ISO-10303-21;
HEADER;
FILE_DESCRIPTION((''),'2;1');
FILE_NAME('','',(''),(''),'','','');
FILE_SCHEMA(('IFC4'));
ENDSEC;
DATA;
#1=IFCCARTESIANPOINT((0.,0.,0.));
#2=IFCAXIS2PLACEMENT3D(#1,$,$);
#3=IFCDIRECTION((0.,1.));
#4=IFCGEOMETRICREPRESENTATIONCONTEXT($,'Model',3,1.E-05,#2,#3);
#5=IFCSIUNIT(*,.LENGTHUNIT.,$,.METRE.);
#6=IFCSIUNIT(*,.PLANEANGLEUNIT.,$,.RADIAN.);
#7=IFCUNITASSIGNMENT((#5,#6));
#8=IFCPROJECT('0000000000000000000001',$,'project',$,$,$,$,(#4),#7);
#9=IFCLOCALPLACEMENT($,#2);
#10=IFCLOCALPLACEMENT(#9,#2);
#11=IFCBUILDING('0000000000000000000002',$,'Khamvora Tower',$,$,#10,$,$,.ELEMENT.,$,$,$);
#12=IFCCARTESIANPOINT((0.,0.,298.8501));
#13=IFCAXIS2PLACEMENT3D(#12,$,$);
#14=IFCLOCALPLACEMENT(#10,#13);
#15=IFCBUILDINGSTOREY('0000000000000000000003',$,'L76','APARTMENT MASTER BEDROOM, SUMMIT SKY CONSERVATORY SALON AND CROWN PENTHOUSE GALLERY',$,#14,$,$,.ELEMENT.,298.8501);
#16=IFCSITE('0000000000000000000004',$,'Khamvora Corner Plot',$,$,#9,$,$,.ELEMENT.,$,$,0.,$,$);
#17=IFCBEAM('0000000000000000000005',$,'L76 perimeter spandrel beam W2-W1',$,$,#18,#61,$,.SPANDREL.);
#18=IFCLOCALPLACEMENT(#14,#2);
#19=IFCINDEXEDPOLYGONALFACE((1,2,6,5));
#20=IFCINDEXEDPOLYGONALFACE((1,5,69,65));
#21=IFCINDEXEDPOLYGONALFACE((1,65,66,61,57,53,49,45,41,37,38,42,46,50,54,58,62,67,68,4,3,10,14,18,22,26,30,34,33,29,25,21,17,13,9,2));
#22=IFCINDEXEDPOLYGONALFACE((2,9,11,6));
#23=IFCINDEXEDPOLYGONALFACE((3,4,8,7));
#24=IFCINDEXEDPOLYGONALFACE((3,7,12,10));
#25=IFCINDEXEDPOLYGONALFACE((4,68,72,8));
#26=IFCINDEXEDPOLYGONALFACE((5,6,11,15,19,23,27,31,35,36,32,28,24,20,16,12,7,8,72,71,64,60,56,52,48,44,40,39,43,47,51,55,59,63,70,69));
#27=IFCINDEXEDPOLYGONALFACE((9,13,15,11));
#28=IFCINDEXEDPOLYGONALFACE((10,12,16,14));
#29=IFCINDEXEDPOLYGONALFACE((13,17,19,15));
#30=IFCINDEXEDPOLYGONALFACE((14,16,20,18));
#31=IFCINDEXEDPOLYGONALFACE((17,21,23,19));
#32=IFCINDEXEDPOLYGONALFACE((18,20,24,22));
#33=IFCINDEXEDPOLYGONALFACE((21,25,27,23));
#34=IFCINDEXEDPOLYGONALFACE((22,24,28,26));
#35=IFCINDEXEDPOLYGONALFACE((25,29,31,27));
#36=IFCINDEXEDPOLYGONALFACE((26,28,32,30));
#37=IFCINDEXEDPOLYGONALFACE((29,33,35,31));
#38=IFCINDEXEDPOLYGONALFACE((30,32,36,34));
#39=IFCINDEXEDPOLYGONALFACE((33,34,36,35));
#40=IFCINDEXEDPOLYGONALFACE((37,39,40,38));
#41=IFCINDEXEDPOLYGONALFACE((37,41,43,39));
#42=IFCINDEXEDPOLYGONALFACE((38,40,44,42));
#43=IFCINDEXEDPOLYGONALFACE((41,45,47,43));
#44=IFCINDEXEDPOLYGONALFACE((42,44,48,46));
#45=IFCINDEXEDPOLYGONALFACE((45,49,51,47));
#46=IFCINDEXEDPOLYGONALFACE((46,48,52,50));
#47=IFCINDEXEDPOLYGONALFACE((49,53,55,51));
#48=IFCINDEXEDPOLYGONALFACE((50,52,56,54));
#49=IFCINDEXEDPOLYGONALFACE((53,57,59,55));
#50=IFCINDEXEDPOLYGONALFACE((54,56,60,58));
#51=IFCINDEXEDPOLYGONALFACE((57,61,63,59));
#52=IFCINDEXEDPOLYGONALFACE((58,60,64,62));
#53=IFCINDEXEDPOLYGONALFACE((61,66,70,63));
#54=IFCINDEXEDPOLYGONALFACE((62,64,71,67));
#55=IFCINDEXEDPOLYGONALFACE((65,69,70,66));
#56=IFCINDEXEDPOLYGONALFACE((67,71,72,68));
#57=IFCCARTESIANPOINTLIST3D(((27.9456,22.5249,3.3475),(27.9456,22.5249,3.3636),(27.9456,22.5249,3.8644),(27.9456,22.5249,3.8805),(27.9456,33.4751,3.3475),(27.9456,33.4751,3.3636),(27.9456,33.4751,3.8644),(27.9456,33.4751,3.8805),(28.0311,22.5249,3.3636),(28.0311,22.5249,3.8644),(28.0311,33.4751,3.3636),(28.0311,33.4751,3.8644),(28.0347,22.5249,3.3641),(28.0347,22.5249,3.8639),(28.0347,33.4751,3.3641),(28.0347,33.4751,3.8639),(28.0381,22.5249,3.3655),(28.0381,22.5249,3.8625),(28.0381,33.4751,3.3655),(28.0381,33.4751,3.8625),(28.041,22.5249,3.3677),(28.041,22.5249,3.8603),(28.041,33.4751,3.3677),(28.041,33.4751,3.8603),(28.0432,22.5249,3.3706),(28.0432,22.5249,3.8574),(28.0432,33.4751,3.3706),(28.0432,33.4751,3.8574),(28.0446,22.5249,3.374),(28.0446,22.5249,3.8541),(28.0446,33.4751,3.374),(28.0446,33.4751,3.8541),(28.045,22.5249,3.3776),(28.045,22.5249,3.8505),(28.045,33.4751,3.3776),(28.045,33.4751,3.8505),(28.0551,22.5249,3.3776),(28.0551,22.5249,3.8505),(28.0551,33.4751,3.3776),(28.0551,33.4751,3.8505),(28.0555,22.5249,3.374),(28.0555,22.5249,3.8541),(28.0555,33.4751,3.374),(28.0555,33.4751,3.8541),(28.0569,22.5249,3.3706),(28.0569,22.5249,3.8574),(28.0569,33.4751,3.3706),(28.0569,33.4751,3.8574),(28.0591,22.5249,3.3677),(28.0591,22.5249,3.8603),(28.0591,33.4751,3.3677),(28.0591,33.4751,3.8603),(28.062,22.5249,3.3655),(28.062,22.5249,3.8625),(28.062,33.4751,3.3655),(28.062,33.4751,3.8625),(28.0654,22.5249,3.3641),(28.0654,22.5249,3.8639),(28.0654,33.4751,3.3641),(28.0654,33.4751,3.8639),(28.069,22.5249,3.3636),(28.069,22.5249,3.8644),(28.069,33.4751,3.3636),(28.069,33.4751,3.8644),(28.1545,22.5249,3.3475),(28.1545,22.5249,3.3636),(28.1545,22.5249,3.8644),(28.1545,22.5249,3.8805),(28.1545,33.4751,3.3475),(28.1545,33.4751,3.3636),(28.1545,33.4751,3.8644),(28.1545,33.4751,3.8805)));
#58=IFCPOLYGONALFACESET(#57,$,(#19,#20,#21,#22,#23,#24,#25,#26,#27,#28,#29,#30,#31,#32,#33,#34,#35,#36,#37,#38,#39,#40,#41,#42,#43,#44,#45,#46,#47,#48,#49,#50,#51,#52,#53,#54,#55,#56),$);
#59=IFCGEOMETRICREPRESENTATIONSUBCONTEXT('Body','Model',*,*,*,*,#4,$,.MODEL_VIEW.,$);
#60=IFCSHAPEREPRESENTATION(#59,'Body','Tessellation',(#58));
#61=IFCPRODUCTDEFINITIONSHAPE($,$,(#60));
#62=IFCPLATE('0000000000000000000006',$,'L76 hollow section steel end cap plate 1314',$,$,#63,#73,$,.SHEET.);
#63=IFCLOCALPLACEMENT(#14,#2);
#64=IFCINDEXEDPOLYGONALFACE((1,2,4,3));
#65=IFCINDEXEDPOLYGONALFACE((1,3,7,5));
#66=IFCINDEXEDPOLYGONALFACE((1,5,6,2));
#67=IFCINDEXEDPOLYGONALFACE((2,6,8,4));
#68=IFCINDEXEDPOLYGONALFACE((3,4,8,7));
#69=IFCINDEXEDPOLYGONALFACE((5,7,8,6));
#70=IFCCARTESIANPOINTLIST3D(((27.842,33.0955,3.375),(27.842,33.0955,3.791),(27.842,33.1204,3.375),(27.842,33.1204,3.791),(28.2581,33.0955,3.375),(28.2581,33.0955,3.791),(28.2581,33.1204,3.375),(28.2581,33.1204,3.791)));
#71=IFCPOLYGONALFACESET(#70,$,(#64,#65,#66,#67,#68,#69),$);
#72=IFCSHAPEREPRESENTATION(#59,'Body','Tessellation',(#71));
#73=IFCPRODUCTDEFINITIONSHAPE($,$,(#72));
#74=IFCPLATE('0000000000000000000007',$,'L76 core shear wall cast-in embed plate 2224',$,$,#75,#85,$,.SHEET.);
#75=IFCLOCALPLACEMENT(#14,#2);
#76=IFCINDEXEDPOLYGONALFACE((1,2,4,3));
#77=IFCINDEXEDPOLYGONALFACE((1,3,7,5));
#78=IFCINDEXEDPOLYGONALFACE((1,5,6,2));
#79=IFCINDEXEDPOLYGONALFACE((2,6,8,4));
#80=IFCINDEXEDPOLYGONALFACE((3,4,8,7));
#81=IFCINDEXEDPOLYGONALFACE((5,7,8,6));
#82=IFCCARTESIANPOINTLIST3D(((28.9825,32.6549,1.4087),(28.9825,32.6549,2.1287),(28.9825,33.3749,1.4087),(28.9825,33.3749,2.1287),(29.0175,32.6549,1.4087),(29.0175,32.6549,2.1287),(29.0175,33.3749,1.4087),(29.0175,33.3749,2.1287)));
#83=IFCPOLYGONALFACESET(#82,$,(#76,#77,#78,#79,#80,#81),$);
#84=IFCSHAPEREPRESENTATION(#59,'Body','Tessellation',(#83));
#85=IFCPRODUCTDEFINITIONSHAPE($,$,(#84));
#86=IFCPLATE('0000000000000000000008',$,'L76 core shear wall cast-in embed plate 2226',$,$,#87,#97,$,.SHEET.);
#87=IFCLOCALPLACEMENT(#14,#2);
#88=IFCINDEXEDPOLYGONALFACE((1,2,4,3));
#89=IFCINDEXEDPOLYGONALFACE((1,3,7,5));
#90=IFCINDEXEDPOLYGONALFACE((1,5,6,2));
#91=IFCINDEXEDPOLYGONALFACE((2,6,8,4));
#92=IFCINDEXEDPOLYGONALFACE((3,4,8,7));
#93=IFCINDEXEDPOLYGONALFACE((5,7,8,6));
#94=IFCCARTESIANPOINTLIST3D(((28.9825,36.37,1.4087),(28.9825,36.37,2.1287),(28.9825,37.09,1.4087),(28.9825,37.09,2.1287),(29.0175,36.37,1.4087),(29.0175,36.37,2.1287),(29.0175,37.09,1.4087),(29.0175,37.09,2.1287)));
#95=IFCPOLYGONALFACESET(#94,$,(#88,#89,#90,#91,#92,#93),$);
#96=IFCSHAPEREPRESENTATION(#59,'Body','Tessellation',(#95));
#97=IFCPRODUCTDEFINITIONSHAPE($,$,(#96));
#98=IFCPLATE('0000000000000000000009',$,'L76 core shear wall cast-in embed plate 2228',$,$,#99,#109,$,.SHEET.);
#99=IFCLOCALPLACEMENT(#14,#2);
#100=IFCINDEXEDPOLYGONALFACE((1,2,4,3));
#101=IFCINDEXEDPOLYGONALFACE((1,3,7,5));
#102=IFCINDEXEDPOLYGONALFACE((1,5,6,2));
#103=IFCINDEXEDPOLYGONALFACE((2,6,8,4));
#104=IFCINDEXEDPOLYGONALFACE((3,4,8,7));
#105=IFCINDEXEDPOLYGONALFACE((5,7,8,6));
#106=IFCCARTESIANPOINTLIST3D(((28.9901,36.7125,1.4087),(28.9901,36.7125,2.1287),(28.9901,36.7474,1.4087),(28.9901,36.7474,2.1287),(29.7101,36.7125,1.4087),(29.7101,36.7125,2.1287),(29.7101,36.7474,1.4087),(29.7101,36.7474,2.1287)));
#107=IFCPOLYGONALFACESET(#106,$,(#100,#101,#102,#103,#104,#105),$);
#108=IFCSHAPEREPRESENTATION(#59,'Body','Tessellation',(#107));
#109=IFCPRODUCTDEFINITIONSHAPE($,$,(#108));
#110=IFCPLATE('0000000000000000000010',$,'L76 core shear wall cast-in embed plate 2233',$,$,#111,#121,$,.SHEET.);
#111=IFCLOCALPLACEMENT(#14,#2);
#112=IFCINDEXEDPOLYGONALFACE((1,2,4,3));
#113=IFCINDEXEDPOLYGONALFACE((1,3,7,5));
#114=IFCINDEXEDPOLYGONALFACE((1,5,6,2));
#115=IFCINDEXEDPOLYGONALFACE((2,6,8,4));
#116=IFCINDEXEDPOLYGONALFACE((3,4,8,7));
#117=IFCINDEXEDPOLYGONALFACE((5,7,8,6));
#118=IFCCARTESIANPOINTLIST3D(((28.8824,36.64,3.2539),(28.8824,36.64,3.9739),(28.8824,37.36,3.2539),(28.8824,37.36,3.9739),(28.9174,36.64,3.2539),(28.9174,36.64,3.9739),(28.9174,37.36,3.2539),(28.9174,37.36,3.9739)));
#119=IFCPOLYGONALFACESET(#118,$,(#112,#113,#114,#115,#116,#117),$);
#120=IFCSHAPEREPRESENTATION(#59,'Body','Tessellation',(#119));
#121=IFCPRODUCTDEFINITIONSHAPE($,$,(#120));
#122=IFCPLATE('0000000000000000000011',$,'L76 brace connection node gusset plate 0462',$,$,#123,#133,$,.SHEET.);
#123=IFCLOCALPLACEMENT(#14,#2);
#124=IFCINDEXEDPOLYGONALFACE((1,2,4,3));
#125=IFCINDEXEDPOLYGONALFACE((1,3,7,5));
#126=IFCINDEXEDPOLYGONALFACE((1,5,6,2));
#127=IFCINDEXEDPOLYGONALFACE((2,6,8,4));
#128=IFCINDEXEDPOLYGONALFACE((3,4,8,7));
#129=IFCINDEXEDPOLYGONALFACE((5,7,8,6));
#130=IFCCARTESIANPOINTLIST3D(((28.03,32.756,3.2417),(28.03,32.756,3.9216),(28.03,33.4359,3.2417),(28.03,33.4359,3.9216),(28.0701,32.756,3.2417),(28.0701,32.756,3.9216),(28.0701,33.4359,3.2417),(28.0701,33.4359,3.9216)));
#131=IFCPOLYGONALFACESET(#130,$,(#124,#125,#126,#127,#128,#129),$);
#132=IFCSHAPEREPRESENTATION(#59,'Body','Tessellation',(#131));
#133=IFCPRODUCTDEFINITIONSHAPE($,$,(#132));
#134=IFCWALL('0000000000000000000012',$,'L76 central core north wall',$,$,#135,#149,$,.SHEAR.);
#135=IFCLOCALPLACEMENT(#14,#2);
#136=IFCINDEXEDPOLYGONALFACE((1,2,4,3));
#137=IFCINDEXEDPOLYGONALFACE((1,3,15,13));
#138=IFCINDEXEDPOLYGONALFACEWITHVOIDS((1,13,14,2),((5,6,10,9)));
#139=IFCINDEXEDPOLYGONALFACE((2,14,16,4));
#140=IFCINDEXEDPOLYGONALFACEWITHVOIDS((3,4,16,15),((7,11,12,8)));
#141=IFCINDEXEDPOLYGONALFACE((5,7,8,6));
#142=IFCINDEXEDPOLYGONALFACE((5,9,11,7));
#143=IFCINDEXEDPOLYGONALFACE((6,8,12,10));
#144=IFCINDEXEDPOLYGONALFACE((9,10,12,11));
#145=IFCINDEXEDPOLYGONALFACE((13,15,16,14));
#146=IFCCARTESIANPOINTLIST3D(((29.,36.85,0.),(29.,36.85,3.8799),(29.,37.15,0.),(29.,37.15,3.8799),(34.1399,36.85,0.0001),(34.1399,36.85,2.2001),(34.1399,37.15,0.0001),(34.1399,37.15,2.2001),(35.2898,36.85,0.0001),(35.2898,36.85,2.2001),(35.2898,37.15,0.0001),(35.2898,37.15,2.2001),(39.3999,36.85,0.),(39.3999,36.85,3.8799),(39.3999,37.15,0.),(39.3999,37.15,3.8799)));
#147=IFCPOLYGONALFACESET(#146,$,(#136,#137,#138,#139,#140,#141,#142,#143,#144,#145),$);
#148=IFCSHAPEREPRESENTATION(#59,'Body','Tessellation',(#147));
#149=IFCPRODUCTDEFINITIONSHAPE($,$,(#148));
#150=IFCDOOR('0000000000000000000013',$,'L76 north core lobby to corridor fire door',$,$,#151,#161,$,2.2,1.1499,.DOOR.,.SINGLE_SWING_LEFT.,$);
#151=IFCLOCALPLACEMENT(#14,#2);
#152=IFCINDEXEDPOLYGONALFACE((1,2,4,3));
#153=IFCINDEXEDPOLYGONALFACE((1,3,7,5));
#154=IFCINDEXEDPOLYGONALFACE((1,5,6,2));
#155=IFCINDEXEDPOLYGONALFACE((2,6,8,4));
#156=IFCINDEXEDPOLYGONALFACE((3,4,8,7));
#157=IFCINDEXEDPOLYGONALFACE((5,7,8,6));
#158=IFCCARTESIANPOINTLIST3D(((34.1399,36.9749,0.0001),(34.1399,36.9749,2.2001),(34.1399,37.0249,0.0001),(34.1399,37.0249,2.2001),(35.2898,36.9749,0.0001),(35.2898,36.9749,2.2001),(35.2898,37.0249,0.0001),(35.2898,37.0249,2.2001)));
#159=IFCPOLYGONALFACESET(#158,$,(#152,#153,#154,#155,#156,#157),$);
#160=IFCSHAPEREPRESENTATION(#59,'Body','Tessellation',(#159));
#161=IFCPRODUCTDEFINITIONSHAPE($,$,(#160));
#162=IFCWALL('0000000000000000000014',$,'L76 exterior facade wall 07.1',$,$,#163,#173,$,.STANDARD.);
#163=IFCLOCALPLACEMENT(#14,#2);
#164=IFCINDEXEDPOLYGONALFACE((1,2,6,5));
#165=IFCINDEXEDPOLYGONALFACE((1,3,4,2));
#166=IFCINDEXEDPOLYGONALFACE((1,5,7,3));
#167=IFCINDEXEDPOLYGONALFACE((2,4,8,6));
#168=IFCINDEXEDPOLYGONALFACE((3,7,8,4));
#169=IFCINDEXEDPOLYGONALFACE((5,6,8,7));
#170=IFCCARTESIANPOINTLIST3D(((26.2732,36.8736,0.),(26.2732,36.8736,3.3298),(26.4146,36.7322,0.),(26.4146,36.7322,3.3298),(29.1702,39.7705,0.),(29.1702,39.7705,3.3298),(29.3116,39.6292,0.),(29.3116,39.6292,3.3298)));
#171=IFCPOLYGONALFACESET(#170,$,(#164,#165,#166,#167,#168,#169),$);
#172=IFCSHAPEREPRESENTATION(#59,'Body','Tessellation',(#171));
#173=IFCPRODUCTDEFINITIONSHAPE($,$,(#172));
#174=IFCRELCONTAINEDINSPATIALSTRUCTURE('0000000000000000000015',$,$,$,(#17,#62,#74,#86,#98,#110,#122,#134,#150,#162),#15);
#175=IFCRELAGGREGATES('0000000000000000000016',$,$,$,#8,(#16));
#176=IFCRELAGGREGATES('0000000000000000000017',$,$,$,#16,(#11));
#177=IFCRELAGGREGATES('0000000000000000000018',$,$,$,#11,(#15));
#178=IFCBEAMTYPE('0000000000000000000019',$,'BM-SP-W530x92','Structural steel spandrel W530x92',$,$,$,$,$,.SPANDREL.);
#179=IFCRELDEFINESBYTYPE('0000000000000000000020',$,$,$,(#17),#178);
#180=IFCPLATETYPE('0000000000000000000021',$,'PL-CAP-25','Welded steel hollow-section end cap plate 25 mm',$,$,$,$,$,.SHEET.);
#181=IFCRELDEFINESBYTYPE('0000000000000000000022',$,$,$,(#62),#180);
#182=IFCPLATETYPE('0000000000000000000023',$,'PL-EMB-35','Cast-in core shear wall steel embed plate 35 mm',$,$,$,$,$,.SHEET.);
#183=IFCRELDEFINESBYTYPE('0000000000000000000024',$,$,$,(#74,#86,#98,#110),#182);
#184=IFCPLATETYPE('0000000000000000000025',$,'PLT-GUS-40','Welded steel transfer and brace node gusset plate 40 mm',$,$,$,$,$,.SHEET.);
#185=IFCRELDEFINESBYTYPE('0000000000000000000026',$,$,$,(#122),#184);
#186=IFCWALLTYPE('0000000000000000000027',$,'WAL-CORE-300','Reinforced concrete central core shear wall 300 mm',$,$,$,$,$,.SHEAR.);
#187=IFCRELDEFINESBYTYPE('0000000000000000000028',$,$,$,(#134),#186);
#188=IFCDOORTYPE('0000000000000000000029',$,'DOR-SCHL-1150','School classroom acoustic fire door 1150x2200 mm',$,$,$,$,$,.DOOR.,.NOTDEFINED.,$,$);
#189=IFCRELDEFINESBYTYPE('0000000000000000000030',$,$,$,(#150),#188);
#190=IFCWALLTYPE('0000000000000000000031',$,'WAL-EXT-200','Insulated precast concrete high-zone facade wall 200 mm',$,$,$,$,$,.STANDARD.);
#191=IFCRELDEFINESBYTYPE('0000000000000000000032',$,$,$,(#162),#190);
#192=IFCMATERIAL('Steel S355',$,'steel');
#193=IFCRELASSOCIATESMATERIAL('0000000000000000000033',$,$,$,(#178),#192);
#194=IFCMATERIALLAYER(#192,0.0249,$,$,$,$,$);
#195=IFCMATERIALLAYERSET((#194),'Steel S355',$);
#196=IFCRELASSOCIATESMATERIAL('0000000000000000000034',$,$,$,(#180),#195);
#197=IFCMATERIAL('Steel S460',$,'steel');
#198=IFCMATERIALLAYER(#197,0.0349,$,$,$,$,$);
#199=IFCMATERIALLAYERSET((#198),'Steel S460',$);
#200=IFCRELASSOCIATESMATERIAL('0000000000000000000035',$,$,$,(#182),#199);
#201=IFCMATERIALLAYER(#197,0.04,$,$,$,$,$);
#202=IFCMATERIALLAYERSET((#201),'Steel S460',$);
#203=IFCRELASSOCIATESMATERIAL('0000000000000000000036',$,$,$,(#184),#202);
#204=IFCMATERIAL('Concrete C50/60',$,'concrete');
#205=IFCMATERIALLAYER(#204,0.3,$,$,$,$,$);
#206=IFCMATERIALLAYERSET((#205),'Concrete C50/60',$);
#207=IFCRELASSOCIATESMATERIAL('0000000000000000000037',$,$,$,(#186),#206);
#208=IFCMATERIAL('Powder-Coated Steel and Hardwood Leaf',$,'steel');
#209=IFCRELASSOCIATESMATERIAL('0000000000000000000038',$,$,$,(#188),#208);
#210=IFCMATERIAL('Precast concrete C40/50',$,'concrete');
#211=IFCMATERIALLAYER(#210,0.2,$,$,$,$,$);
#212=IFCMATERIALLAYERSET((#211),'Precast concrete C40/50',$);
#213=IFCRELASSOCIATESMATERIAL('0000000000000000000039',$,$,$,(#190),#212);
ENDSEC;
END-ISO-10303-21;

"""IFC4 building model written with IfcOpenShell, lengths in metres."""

from ifc_helpers import new_model, si_unit, direction, frame, frame_2d, origin, origin_2d, place, context, subcontext, project, spatial, rectangle, i_section, extrude, material, layer, layer_set, material_profile, profile_set, type_object, element, fill, save


model = new_model("IFC4")

# Units and contexts
model_context = context("Model", 3, precision=1e-05, world=origin(), true_north=direction((0.0, 1.0)))
body_context = subcontext(model_context, "Body", "Model", "MODEL_VIEW")
ifc_project = project(units=[si_unit("LENGTHUNIT", "METRE"), si_unit("PLANEANGLEUNIT", "RADIAN")], contexts=[model_context])

# Site, building, storey
site_placement = place(None, origin())
site = spatial("IfcSite", under=ifc_project, at=site_placement, Name="Khamvora Corner Plot", CompositionType="ELEMENT", RefElevation=0.0)
building_placement = place(site_placement, origin())
building = spatial("IfcBuilding", under=site, at=building_placement, Name="Khamvora Tower", CompositionType="ELEMENT")
storey_placement = place(building_placement, frame((0.0, 0.0, 298.8501)))
storey = spatial("IfcBuildingStorey", under=building, at=storey_placement, Name="L76", Description="APARTMENT MASTER BEDROOM, SUMMIT SKY CONSERVATORY SALON AND CROWN PENTHOUSE GALLERY", CompositionType="ELEMENT", Elevation=298.8501)

# Shared definitions
ifc_material_1 = material(Name="Steel S355", Category="steel")

# Beam
ifc_material_profile_1 = material_profile(ifc_material_1, i_section(OverallWidth=0.209, OverallDepth=0.533, WebThickness=0.01, FlangeThickness=0.0161, FilletRadius=0.0139, at=origin_2d()), Name="W530x92")
ifc_profile_set_1 = profile_set([ifc_material_profile_1], Name="Steel S355")
beam_type_1 = type_object("IfcBeamType", Name="BM-SP-W530x92", Description="Structural steel spandrel W530x92", PredefinedType="SPANDREL", material=ifc_profile_set_1)
beam_1_placement = place(storey_placement, frame((28.05, 33.4751, 3.614), z_axis=(0.0, -1.0, 0.0), x_axis=(1.0, 0.0, 0.0)))
element("IfcBeam", 1, at=beam_1_placement, inside=storey, type_object=beam_type_1, Name="L76 perimeter spandrel beam W2-W1", PredefinedType="SPANDREL", context=body_context, shape_type="SweptSolid", body=[
    extrude(i_section(OverallWidth=0.209, OverallDepth=0.533, WebThickness=0.01, FlangeThickness=0.0161, FilletRadius=0.0139, at=origin_2d()), origin(), (0.0, 0.0, 1.0), 10.9502),
])

# Plates
ifc_layer_1 = layer(ifc_material_1, 0.0249)
ifc_layer_set_1 = layer_set([ifc_layer_1], Name="Steel S355")
plate_type_1 = type_object("IfcPlateType", Name="PL-CAP-25", Description="Welded steel hollow-section end cap plate 25 mm", PredefinedType="SHEET", material=ifc_layer_set_1)
plate_1_placement = place(storey_placement, frame((28.05, 33.1079, 3.375), z_axis=(0.0, 0.0, 1.0), x_axis=(0.0, 1.0, 0.0)))
element("IfcPlate", 2, at=plate_1_placement, inside=storey, type_object=plate_type_1, Name="L76 hollow section steel end cap plate 1314", PredefinedType="SHEET", context=body_context, shape_type="SweptSolid", body=[
    extrude(rectangle(XDim=0.0249, YDim=0.416, at=origin_2d()), origin(), (0.0, 0.0, 1.0), 0.416),
])
ifc_material_2 = material(Name="Steel S460", Category="steel")
ifc_layer_2 = layer(ifc_material_2, 0.0349)
ifc_layer_set_2 = layer_set([ifc_layer_2], Name="Steel S460")
plate_type_2 = type_object("IfcPlateType", Name="PL-EMB-35", Description="Cast-in core shear wall steel embed plate 35 mm", PredefinedType="SHEET", material=ifc_layer_set_2)
for number, where, z_axis, x_axis, name in (
    (3, (29.0, 33.0149, 1.4087), (0.0, 0.0, 1.0), (1.0, 0.0, 0.0), "L76 core shear wall cast-in embed plate 2224"),
    (4, (29.0, 36.73, 1.4087), (0.0, 0.0, 1.0), (1.0, 0.0, 0.0), "L76 core shear wall cast-in embed plate 2226"),
):
    element("IfcPlate", number, at=place(storey_placement, frame(where, z_axis=z_axis, x_axis=x_axis)), inside=storey, type_object=plate_type_2, Name=name, PredefinedType="SHEET", context=body_context, shape_type="SweptSolid", body=[
        extrude(rectangle(XDim=0.0349, YDim=0.72, at=origin_2d()), origin(), (0.0, 0.0, 1.0), 0.72),
    ])
plate_2_placement = place(storey_placement, frame((29.3501, 36.73, 1.4087), z_axis=(0.0, 0.0, 1.0), x_axis=(1.0, 0.0, 0.0)))
element("IfcPlate", 5, at=plate_2_placement, inside=storey, type_object=plate_type_2, Name="L76 core shear wall cast-in embed plate 2228", PredefinedType="SHEET", context=body_context, shape_type="SweptSolid", body=[
    extrude(rectangle(XDim=0.72, YDim=0.0349, at=origin_2d()), origin(), (0.0, 0.0, 1.0), 0.72),
])
plate_3_placement = place(storey_placement, frame((28.8999, 37.0, 3.2539), z_axis=(0.0, 0.0, 1.0), x_axis=(1.0, 0.0, 0.0)))
element("IfcPlate", 6, at=plate_3_placement, inside=storey, type_object=plate_type_2, Name="L76 core shear wall cast-in embed plate 2233", PredefinedType="SHEET", context=body_context, shape_type="SweptSolid", body=[
    extrude(rectangle(XDim=0.0349, YDim=0.72, at=origin_2d()), origin(), (0.0, 0.0, 1.0), 0.72),
])
ifc_layer_3 = layer(ifc_material_2, 0.04)
ifc_layer_set_3 = layer_set([ifc_layer_3], Name="Steel S460")
plate_type_3 = type_object("IfcPlateType", Name="PLT-GUS-40", Description="Welded steel transfer and brace node gusset plate 40 mm", PredefinedType="SHEET", material=ifc_layer_set_3)
plate_4_placement = place(storey_placement, frame((28.05, 33.0959, 3.2417), z_axis=(0.0, 0.0, 1.0), x_axis=(0.0, 1.0, 0.0)))
element("IfcPlate", 7, at=plate_4_placement, inside=storey, type_object=plate_type_3, Name="L76 brace connection node gusset plate 0462", PredefinedType="SHEET", context=body_context, shape_type="SweptSolid", body=[
    extrude(rectangle(XDim=0.6799, YDim=0.04, at=origin_2d()), origin(), (0.0, 0.0, 1.0), 0.6799),
])

# Wall, opening, door
ifc_material_3 = material(Name="Concrete C50/60", Category="concrete")
ifc_layer_4 = layer(ifc_material_3, 0.3)
ifc_layer_set_4 = layer_set([ifc_layer_4], Name="Concrete C50/60")
wall_type_1 = type_object("IfcWallType", Name="WAL-CORE-300", Description="Reinforced concrete central core shear wall 300 mm", PredefinedType="SHEAR", material=ifc_layer_set_4)
wall_1_placement = place(storey_placement, frame((29.0, 37.0, 0.0), z_axis=(0.0, 0.0, 1.0), x_axis=(1.0, 0.0, 0.0)))
wall_1 = element("IfcWall", 8, at=wall_1_placement, inside=storey, type_object=wall_type_1, Name="L76 central core north wall", PredefinedType="SHEAR", context=body_context, shape_type="SweptSolid", body=[
    extrude(rectangle(XDim=10.3999, YDim=0.3, at=frame_2d((5.2, 0.0))), origin(), (0.0, 0.0, 1.0), 3.8799),
])
opening_1_placement = place(wall_1_placement, frame((5.1399, 0.0, 0.0)))
opening_1 = element("IfcOpeningElement", 9, at=opening_1_placement, cuts=wall_1, PredefinedType="OPENING", context=body_context, shape_type="SweptSolid", body=[
    extrude(rectangle(XDim=1.1499, YDim=2.2, at=frame_2d((0.575, 1.1001))), frame((0.0, 0.1599, 0.0), z_axis=(0.0, -1.0, 0.0), x_axis=(1.0, 0.0, 0.0)), (0.0, 0.0, 1.0), 0.3201),
])
ifc_material_4 = material(Name="Powder-Coated Steel and Hardwood Leaf", Category="steel")
door_type = type_object("IfcDoorType", Name="DOR-SCHL-1150", Description="School classroom acoustic fire door 1150x2200 mm", OperationType="NOTDEFINED", PredefinedType="DOOR", material=ifc_material_4)
door_placement = place(opening_1_placement, origin())
door = element("IfcDoor", 10, at=door_placement, inside=storey, type_object=door_type, Name="L76 north core lobby to corridor fire door", OperationType="SINGLE_SWING_LEFT", OverallHeight=2.2, OverallWidth=1.1499, PredefinedType="DOOR", context=body_context, shape_type="SweptSolid", body=[
    extrude(rectangle(XDim=1.1499, YDim=2.2, at=frame_2d((0.575, 1.1001))), frame((0.0, 0.0249, 0.0), z_axis=(0.0, -1.0, 0.0), x_axis=(1.0, 0.0, 0.0)), (0.0, 0.0, 1.0), 0.05),
])
fill(opening_1, door)

# Wall
ifc_material_5 = material(Name="Precast concrete C40/50", Category="concrete")
ifc_layer_5 = layer(ifc_material_5, 0.2)
ifc_layer_set_5 = layer_set([ifc_layer_5], Name="Precast concrete C40/50")
wall_type_2 = type_object("IfcWallType", Name="WAL-EXT-200", Description="Insulated precast concrete high-zone facade wall 200 mm", PredefinedType="STANDARD", material=ifc_layer_set_5)
wall_2_placement = place(storey_placement, frame((26.344, 36.803, 0.0), z_axis=(0.0, 0.0, 1.0), x_axis=(0.707107, 0.707107, 0.0)))
element("IfcWall", 11, at=wall_2_placement, inside=storey, type_object=wall_type_2, Name="L76 exterior facade wall 07.1", PredefinedType="STANDARD", context=body_context, shape_type="SweptSolid", body=[
    extrude(rectangle(XDim=4.0969, YDim=0.2, at=frame_2d((2.0483, 0.0))), origin(), (0.0, 0.0, 1.0), 3.3298),
])

save(model, "model.ifc")
